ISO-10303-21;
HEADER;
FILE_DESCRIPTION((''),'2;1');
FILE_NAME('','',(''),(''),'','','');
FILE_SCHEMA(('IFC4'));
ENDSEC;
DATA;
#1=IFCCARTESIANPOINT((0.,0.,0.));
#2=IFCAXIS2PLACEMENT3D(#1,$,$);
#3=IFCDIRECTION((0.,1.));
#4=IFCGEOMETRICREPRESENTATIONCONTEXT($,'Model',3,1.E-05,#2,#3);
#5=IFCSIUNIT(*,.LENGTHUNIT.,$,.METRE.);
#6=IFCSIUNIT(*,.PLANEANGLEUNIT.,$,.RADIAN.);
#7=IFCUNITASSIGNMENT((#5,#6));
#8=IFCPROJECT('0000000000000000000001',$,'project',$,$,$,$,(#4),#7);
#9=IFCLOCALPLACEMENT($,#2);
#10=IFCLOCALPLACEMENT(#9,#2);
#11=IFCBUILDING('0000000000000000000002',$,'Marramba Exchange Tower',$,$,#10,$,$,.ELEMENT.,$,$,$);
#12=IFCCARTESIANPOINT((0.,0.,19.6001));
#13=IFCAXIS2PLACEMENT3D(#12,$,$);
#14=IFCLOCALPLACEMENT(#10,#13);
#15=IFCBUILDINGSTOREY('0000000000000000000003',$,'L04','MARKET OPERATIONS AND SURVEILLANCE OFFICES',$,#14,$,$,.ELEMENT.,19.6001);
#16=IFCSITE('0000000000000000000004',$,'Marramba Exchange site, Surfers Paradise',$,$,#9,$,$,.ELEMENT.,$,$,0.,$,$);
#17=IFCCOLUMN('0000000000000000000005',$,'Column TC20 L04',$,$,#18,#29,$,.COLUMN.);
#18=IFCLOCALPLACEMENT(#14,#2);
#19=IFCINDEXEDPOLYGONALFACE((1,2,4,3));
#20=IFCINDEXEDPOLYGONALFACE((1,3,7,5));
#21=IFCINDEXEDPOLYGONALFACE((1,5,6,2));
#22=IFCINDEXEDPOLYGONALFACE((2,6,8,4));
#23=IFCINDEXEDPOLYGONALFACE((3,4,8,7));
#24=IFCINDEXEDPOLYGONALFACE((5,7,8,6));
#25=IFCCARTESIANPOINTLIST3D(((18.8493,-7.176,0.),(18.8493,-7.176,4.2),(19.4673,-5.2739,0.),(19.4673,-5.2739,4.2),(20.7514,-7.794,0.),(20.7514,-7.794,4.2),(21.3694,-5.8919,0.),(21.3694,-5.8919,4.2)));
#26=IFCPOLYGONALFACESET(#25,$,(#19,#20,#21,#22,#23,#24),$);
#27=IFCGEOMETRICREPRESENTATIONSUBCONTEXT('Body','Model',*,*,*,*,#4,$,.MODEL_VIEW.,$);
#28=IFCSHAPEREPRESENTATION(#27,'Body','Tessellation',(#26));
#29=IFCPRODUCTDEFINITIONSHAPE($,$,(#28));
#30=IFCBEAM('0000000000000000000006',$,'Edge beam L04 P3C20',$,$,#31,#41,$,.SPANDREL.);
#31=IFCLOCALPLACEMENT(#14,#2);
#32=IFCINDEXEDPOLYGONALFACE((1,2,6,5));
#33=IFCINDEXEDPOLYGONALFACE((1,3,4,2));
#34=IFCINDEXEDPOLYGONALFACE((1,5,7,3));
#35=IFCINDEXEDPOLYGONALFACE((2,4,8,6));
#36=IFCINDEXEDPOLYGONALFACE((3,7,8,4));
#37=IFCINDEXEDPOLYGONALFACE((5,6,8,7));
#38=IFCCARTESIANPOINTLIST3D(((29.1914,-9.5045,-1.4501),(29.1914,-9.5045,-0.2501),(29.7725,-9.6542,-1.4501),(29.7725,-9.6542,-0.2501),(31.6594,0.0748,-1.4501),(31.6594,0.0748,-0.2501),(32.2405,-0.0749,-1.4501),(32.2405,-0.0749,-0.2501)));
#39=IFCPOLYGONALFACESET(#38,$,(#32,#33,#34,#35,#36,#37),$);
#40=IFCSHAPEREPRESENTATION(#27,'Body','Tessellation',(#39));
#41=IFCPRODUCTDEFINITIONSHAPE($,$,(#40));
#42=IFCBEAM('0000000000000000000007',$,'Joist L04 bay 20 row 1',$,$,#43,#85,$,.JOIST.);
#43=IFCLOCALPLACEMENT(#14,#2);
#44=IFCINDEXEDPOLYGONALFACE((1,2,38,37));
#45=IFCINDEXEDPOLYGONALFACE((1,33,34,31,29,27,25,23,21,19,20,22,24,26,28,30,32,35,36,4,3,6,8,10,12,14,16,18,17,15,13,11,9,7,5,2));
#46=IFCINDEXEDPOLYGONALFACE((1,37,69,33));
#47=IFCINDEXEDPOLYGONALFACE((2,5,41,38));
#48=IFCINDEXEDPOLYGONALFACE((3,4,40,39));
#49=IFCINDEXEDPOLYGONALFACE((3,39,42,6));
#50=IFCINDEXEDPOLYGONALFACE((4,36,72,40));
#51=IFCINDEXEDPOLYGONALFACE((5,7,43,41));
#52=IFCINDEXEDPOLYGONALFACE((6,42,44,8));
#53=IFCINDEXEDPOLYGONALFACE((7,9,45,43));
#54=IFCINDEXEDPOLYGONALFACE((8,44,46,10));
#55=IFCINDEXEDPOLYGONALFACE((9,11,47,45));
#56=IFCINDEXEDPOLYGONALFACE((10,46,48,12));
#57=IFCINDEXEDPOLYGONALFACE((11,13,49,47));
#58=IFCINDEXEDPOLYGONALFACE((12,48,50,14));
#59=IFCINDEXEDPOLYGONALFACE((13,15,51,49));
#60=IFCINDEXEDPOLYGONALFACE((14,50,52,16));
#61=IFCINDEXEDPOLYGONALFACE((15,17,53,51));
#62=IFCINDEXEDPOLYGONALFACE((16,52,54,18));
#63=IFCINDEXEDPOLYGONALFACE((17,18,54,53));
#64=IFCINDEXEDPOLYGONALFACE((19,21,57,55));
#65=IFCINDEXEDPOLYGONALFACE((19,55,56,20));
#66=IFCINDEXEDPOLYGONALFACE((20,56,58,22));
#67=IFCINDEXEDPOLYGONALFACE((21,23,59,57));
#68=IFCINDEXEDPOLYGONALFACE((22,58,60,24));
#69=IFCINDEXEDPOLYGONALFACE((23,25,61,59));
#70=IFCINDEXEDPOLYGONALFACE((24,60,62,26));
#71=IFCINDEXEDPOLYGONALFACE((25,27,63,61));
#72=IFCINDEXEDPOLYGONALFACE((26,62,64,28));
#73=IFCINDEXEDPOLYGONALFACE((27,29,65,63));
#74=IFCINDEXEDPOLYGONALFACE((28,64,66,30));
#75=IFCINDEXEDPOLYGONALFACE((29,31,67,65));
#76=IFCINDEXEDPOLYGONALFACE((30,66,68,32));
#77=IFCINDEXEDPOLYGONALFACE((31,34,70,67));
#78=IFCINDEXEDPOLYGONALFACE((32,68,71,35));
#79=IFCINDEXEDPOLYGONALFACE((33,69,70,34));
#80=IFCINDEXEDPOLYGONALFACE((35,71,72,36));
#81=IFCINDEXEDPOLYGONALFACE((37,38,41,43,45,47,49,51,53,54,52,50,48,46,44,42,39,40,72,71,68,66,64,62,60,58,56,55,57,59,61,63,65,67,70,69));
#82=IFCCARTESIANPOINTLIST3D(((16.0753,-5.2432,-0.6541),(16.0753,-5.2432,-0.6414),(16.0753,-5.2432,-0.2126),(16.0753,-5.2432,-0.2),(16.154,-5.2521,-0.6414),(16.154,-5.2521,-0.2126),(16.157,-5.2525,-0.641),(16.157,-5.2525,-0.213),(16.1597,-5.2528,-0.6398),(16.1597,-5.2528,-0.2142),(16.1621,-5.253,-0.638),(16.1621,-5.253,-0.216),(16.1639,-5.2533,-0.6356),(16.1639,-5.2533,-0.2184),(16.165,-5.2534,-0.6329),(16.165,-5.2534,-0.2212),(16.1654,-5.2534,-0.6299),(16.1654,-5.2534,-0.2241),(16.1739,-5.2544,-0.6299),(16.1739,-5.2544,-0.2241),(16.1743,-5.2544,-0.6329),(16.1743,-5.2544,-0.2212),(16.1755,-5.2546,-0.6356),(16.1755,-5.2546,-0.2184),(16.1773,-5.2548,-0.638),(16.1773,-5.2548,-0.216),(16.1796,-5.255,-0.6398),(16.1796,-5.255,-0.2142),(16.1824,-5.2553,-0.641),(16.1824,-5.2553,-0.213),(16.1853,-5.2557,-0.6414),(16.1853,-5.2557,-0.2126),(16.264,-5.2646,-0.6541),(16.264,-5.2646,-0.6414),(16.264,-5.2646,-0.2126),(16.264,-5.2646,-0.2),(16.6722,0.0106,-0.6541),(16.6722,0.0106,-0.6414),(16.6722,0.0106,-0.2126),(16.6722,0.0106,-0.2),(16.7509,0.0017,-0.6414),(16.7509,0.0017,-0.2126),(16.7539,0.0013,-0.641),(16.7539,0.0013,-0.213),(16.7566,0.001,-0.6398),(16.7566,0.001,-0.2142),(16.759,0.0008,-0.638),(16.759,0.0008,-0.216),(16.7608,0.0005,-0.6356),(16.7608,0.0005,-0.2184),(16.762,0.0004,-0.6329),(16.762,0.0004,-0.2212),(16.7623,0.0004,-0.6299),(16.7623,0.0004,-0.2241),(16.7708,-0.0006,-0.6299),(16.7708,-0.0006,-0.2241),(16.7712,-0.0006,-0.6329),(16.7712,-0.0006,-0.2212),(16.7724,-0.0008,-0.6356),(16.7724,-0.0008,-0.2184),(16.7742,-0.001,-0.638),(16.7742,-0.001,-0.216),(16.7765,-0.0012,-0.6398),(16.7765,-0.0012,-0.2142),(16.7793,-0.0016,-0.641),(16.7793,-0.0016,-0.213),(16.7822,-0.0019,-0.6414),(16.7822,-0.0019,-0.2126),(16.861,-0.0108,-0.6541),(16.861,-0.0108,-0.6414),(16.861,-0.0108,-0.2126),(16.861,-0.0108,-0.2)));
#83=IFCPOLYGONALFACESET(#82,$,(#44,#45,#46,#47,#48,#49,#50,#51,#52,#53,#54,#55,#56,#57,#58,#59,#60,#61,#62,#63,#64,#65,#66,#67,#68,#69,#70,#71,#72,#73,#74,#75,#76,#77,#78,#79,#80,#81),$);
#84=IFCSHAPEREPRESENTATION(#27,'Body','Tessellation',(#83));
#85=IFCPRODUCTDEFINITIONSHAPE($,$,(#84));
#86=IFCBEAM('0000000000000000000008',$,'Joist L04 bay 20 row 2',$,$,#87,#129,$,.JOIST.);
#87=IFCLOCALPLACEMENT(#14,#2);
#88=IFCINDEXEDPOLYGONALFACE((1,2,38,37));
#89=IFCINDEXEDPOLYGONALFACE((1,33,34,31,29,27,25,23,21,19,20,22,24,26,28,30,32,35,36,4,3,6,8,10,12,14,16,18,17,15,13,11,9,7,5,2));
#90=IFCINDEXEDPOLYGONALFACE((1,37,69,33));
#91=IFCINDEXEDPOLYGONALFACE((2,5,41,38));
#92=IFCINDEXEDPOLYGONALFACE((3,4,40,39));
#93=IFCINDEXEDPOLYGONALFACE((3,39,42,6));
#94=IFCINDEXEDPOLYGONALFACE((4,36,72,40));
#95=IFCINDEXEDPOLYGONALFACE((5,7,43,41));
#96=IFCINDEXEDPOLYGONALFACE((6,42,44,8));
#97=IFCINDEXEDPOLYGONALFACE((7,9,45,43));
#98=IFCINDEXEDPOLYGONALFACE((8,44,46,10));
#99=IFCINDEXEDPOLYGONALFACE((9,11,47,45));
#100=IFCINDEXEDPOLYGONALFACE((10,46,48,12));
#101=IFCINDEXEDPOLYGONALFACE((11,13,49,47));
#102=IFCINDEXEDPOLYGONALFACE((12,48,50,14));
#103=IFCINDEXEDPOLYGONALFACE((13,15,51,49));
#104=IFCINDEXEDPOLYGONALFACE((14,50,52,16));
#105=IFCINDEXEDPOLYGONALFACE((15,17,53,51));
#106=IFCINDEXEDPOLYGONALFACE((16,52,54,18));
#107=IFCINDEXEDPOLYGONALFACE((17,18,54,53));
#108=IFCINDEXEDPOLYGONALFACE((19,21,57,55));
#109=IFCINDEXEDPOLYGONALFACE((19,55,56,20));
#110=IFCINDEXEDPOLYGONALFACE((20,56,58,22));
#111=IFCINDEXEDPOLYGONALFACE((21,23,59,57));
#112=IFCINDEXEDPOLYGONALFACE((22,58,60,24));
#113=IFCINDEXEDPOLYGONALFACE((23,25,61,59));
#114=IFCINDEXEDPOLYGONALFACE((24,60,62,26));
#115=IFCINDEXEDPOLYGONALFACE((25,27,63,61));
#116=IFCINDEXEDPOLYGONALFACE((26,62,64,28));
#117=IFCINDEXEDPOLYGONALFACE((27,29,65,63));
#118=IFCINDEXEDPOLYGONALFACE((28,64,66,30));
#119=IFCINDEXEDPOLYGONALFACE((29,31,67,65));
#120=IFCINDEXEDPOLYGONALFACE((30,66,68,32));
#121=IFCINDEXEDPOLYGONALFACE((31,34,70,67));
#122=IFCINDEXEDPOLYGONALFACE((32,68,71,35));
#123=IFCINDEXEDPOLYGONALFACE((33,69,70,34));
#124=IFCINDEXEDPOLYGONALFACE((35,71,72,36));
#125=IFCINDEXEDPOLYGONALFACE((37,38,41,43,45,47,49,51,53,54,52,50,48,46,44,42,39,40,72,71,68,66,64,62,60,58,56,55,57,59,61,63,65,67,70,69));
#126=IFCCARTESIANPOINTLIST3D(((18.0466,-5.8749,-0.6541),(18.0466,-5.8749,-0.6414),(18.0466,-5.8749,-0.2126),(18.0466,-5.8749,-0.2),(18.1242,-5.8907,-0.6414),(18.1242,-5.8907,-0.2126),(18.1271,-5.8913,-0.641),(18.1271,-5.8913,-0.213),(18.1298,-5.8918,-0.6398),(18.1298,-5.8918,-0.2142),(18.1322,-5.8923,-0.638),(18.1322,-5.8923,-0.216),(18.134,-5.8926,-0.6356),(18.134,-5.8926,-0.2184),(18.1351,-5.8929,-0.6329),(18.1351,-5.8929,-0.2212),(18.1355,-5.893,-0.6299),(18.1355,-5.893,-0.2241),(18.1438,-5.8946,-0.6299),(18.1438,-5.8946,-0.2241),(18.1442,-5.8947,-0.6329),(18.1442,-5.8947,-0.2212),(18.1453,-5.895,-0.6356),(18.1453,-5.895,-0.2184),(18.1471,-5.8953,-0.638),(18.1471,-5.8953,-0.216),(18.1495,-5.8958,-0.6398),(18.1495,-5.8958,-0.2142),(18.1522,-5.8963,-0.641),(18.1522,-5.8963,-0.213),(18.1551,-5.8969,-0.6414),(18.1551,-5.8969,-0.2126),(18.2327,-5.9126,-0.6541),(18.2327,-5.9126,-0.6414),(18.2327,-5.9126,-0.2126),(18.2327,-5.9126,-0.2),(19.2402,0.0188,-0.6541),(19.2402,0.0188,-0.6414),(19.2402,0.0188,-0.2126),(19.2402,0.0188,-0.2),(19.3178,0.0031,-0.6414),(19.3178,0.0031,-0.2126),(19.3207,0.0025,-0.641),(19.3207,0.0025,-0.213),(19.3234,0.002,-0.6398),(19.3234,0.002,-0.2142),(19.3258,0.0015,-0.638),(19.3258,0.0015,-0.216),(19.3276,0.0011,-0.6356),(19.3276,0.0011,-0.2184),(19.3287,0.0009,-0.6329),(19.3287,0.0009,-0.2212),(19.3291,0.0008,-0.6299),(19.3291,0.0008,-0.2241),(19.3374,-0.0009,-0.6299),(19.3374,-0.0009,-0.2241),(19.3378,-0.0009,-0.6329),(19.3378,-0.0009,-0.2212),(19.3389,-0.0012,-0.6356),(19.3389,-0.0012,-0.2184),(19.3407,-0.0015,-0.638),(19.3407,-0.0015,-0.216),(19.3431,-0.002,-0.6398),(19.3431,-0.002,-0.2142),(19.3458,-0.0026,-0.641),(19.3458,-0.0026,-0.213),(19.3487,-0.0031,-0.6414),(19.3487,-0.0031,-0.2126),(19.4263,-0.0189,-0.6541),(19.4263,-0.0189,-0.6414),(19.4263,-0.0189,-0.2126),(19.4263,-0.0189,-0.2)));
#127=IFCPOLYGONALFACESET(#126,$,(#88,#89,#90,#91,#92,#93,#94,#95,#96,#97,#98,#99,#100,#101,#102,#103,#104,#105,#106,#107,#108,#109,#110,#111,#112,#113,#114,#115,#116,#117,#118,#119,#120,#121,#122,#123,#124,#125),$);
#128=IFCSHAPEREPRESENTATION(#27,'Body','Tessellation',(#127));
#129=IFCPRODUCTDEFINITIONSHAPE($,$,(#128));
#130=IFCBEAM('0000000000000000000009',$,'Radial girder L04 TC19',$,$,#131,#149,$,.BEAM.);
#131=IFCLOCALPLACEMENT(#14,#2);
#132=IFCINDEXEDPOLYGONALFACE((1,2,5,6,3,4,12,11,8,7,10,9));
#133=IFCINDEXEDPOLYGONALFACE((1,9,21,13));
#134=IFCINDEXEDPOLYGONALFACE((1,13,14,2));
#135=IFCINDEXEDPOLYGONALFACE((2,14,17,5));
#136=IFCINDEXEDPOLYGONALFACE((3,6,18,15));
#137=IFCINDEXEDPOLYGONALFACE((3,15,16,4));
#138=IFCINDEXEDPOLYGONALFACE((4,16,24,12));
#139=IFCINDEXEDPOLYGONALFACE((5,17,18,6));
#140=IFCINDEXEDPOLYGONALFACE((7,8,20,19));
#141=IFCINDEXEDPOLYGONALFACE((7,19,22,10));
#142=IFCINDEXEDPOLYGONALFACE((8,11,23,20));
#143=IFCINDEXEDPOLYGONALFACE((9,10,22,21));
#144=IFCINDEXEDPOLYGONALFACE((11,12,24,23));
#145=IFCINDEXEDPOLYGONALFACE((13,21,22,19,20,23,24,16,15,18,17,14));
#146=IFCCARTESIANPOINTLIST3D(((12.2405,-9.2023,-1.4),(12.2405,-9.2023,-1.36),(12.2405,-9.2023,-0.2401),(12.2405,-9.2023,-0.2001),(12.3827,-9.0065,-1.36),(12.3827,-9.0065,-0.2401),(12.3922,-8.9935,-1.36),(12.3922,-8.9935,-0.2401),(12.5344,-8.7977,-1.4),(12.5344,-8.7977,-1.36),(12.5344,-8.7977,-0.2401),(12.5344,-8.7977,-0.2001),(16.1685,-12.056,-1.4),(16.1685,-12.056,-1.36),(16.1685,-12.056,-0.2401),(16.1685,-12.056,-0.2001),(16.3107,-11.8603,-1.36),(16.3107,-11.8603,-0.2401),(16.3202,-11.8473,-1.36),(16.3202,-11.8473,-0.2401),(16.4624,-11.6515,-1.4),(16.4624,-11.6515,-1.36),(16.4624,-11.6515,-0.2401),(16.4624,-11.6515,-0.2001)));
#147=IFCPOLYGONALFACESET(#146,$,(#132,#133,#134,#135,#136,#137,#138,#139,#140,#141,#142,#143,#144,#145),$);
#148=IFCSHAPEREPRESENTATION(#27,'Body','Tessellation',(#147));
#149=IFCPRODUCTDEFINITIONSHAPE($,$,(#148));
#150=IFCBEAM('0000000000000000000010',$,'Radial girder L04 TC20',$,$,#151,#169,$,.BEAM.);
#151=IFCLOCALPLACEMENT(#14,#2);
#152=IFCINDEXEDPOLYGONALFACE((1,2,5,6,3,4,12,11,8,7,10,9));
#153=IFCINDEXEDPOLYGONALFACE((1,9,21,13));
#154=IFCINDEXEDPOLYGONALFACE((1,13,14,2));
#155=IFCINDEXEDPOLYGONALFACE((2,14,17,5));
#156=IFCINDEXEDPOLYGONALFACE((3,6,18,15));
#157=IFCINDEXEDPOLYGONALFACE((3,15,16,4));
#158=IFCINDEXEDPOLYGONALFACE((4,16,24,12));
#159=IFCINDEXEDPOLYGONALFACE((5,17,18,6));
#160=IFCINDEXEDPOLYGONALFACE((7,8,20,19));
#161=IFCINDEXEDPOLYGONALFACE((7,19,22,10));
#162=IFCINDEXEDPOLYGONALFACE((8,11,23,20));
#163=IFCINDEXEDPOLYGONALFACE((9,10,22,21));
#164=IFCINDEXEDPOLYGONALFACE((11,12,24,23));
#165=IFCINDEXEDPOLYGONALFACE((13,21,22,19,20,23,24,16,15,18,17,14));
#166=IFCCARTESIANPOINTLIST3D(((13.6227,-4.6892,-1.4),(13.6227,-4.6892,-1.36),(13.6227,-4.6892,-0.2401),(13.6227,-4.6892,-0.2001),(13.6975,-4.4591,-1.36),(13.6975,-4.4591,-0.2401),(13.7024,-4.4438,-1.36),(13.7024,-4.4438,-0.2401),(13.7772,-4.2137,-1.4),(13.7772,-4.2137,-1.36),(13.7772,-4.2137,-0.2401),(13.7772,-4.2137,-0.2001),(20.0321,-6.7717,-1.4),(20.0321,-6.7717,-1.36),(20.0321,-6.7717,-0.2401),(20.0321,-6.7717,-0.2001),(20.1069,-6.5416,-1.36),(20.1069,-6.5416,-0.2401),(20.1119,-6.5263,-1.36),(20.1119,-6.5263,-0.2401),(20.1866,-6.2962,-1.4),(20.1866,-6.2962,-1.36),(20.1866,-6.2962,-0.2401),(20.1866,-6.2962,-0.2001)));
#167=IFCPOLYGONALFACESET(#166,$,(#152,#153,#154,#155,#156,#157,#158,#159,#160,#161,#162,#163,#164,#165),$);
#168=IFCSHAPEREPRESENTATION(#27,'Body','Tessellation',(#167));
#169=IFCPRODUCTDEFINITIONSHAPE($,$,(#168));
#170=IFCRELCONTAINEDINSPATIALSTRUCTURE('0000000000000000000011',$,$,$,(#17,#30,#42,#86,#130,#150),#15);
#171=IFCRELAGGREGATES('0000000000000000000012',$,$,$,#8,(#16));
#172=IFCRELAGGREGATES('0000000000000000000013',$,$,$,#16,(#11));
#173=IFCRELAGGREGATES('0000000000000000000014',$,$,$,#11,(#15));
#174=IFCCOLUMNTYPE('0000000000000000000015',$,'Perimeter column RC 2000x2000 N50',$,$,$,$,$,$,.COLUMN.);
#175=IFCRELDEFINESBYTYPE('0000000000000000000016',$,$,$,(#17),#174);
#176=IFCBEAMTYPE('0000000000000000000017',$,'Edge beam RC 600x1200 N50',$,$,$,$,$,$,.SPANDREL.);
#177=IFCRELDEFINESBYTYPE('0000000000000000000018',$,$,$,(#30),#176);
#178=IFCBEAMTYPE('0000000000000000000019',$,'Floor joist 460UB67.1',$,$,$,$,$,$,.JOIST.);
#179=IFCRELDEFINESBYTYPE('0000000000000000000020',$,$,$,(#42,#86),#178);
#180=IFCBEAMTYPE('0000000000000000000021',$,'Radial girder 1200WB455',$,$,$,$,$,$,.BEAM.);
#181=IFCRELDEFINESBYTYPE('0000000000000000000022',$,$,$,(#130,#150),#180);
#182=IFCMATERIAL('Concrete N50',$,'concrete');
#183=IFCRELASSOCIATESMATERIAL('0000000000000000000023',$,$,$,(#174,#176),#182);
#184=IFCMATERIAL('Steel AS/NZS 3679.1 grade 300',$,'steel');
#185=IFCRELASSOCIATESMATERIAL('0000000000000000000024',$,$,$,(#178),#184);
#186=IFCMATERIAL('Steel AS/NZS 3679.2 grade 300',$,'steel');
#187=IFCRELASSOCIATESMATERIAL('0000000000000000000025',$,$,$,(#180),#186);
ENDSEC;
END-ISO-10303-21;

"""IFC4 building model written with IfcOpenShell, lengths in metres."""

from ifc_helpers import new_model, si_unit, direction, frame, origin, origin_2d, place, context, subcontext, project, spatial, rectangle, i_section, extrude, material, material_profile, profile_set, type_object, element, save


model = new_model("IFC4")

# Units and contexts
model_context = context("Model", 3, precision=1e-05, world=origin(), true_north=direction((0.0, 1.0)))
body_context = subcontext(model_context, "Body", "Model", "MODEL_VIEW")
ifc_project = project(units=[si_unit("LENGTHUNIT", "METRE"), si_unit("PLANEANGLEUNIT", "RADIAN")], contexts=[model_context])

# Site, building, storey
site_placement = place(None, origin())
site = spatial("IfcSite", under=ifc_project, at=site_placement, Name="Marramba Exchange site, Surfers Paradise", CompositionType="ELEMENT", RefElevation=0.0)
building_placement = place(site_placement, origin())
building = spatial("IfcBuilding", under=site, at=building_placement, Name="Marramba Exchange Tower", CompositionType="ELEMENT")
storey_placement = place(building_placement, frame((0.0, 0.0, 19.6001)))
storey = spatial("IfcBuildingStorey", under=building, at=storey_placement, Name="L04", Description="MARKET OPERATIONS AND SURVEILLANCE OFFICES", CompositionType="ELEMENT", Elevation=19.6001)

# Column
ifc_material_1 = material(Name="Concrete N50", Category="concrete")
ifc_material_profile_1 = material_profile(ifc_material_1, rectangle(XDim=2.0, YDim=2.0, at=origin_2d()), Name="RC 2000x2000")
ifc_profile_set_1 = profile_set([ifc_material_profile_1], Name="Concrete N50")
column_type = type_object("IfcColumnType", Name="Perimeter column RC 2000x2000 N50", PredefinedType="COLUMN", material=ifc_profile_set_1)
column_placement = place(storey_placement, frame((20.1094, -6.5339, 0.0), z_axis=(0.0, 0.0, 1.0), x_axis=(0.951057, -0.309017, 0.0)))
element("IfcColumn", 1, at=column_placement, inside=storey, type_object=column_type, Name="Column TC20 L04", PredefinedType="COLUMN", context=body_context, shape_type="SweptSolid", body=[
    extrude(rectangle(XDim=2.0, YDim=2.0, at=origin_2d()), origin(), (0.0, 0.0, 1.0), 4.2),
])

# Beams
ifc_material_profile_2 = material_profile(ifc_material_1, rectangle(XDim=0.6001, YDim=1.2, at=origin_2d()), Name="RC 600x1200")
ifc_profile_set_2 = profile_set([ifc_material_profile_2], Name="Concrete N50")
beam_type_1 = type_object("IfcBeamType", Name="Edge beam RC 600x1200 N50", PredefinedType="SPANDREL", material=ifc_profile_set_2)
beam_1_placement = place(storey_placement, frame((29.4819, -9.5793, -0.8501), z_axis=(0.249492, 0.968377, 0.0), x_axis=(-0.968377, 0.249492, 0.0)))
element("IfcBeam", 2, at=beam_1_placement, inside=storey, type_object=beam_type_1, Name="Edge beam L04 P3C20", PredefinedType="SPANDREL", context=body_context, shape_type="SweptSolid", body=[
    extrude(rectangle(XDim=0.6001, YDim=1.2, at=origin_2d()), origin(), (0.0, 0.0, 1.0), 9.8921),
])
ifc_material_2 = material(Name="Steel AS/NZS 3679.1 grade 300", Category="steel")
ifc_material_profile_3 = material_profile(ifc_material_2, i_section(OverallWidth=0.1899, OverallDepth=0.4541, WebThickness=0.0085, FlangeThickness=0.0127, FilletRadius=0.0115, at=origin_2d()), Name="460UB67.1")
ifc_profile_set_3 = profile_set([ifc_material_profile_3], Name="Steel AS/NZS 3679.1 grade 300")
beam_type_2 = type_object("IfcBeamType", Name="Floor joist 460UB67.1", PredefinedType="JOIST", material=ifc_profile_set_3)
beam_2_placement = place(storey_placement, frame((16.1697, -5.2539, -0.427), z_axis=(0.112889, 0.993608, 0.0), x_axis=(-0.993608, 0.112889, 0.0)))
element("IfcBeam", 3, at=beam_2_placement, inside=storey, type_object=beam_type_2, Name="Joist L04 bay 20 row 1", PredefinedType="JOIST", context=body_context, shape_type="SweptSolid", body=[
    extrude(i_section(OverallWidth=0.1899, OverallDepth=0.4541, WebThickness=0.0085, FlangeThickness=0.0127, FilletRadius=0.0115, at=origin_2d()), origin(), (0.0, 0.0, 1.0), 5.2876),
])
beam_3_placement = place(storey_placement, frame((18.1396, -5.8938, -0.427), z_axis=(0.198489, 0.980103, 0.0), x_axis=(-0.980103, 0.198489, 0.0)))
element("IfcBeam", 4, at=beam_3_placement, inside=storey, type_object=beam_type_2, Name="Joist L04 bay 20 row 2", PredefinedType="JOIST", context=body_context, shape_type="SweptSolid", body=[
    extrude(i_section(OverallWidth=0.1899, OverallDepth=0.4541, WebThickness=0.0085, FlangeThickness=0.0127, FilletRadius=0.0115, at=origin_2d()), origin(), (0.0, 0.0, 1.0), 6.0134),
])
ifc_material_3 = material(Name="Steel AS/NZS 3679.2 grade 300", Category="steel")
ifc_material_profile_4 = material_profile(ifc_material_3, i_section(OverallWidth=0.5, OverallDepth=1.2, WebThickness=0.0161, FlangeThickness=0.04, at=origin_2d()), Name="1200WB455")
ifc_profile_set_4 = profile_set([ifc_material_profile_4], Name="Steel AS/NZS 3679.2 grade 300")
beam_type_3 = type_object("IfcBeamType", Name="Radial girder 1200WB455", PredefinedType="BEAM", material=ifc_profile_set_4)
beam_4_placement = place(storey_placement, frame((12.3875, -9.0, -0.8), z_axis=(0.809025, -0.587774, 0.0), x_axis=(0.587774, 0.809025, 0.0)))
element("IfcBeam", 5, at=beam_4_placement, inside=storey, type_object=beam_type_3, Name="Radial girder L04 TC19", PredefinedType="BEAM", context=body_context, shape_type="SweptSolid", body=[
    extrude(i_section(OverallWidth=0.5, OverallDepth=1.2, WebThickness=0.0161, FlangeThickness=0.04, at=origin_2d()), origin(), (0.0, 0.0, 1.0), 4.8552),
])
beam_5_placement = place(storey_placement, frame((13.7, -4.4514, -0.8), z_axis=(0.951058, -0.309013, 0.0), x_axis=(0.309013, 0.951058, 0.0)))
element("IfcBeam", 6, at=beam_5_placement, inside=storey, type_object=beam_type_3, Name="Radial girder L04 TC20", PredefinedType="BEAM", context=body_context, shape_type="SweptSolid", body=[
    extrude(i_section(OverallWidth=0.5, OverallDepth=1.2, WebThickness=0.0161, FlangeThickness=0.04, at=origin_2d()), origin(), (0.0, 0.0, 1.0), 6.7393),
])

save(model, "model.ifc")
